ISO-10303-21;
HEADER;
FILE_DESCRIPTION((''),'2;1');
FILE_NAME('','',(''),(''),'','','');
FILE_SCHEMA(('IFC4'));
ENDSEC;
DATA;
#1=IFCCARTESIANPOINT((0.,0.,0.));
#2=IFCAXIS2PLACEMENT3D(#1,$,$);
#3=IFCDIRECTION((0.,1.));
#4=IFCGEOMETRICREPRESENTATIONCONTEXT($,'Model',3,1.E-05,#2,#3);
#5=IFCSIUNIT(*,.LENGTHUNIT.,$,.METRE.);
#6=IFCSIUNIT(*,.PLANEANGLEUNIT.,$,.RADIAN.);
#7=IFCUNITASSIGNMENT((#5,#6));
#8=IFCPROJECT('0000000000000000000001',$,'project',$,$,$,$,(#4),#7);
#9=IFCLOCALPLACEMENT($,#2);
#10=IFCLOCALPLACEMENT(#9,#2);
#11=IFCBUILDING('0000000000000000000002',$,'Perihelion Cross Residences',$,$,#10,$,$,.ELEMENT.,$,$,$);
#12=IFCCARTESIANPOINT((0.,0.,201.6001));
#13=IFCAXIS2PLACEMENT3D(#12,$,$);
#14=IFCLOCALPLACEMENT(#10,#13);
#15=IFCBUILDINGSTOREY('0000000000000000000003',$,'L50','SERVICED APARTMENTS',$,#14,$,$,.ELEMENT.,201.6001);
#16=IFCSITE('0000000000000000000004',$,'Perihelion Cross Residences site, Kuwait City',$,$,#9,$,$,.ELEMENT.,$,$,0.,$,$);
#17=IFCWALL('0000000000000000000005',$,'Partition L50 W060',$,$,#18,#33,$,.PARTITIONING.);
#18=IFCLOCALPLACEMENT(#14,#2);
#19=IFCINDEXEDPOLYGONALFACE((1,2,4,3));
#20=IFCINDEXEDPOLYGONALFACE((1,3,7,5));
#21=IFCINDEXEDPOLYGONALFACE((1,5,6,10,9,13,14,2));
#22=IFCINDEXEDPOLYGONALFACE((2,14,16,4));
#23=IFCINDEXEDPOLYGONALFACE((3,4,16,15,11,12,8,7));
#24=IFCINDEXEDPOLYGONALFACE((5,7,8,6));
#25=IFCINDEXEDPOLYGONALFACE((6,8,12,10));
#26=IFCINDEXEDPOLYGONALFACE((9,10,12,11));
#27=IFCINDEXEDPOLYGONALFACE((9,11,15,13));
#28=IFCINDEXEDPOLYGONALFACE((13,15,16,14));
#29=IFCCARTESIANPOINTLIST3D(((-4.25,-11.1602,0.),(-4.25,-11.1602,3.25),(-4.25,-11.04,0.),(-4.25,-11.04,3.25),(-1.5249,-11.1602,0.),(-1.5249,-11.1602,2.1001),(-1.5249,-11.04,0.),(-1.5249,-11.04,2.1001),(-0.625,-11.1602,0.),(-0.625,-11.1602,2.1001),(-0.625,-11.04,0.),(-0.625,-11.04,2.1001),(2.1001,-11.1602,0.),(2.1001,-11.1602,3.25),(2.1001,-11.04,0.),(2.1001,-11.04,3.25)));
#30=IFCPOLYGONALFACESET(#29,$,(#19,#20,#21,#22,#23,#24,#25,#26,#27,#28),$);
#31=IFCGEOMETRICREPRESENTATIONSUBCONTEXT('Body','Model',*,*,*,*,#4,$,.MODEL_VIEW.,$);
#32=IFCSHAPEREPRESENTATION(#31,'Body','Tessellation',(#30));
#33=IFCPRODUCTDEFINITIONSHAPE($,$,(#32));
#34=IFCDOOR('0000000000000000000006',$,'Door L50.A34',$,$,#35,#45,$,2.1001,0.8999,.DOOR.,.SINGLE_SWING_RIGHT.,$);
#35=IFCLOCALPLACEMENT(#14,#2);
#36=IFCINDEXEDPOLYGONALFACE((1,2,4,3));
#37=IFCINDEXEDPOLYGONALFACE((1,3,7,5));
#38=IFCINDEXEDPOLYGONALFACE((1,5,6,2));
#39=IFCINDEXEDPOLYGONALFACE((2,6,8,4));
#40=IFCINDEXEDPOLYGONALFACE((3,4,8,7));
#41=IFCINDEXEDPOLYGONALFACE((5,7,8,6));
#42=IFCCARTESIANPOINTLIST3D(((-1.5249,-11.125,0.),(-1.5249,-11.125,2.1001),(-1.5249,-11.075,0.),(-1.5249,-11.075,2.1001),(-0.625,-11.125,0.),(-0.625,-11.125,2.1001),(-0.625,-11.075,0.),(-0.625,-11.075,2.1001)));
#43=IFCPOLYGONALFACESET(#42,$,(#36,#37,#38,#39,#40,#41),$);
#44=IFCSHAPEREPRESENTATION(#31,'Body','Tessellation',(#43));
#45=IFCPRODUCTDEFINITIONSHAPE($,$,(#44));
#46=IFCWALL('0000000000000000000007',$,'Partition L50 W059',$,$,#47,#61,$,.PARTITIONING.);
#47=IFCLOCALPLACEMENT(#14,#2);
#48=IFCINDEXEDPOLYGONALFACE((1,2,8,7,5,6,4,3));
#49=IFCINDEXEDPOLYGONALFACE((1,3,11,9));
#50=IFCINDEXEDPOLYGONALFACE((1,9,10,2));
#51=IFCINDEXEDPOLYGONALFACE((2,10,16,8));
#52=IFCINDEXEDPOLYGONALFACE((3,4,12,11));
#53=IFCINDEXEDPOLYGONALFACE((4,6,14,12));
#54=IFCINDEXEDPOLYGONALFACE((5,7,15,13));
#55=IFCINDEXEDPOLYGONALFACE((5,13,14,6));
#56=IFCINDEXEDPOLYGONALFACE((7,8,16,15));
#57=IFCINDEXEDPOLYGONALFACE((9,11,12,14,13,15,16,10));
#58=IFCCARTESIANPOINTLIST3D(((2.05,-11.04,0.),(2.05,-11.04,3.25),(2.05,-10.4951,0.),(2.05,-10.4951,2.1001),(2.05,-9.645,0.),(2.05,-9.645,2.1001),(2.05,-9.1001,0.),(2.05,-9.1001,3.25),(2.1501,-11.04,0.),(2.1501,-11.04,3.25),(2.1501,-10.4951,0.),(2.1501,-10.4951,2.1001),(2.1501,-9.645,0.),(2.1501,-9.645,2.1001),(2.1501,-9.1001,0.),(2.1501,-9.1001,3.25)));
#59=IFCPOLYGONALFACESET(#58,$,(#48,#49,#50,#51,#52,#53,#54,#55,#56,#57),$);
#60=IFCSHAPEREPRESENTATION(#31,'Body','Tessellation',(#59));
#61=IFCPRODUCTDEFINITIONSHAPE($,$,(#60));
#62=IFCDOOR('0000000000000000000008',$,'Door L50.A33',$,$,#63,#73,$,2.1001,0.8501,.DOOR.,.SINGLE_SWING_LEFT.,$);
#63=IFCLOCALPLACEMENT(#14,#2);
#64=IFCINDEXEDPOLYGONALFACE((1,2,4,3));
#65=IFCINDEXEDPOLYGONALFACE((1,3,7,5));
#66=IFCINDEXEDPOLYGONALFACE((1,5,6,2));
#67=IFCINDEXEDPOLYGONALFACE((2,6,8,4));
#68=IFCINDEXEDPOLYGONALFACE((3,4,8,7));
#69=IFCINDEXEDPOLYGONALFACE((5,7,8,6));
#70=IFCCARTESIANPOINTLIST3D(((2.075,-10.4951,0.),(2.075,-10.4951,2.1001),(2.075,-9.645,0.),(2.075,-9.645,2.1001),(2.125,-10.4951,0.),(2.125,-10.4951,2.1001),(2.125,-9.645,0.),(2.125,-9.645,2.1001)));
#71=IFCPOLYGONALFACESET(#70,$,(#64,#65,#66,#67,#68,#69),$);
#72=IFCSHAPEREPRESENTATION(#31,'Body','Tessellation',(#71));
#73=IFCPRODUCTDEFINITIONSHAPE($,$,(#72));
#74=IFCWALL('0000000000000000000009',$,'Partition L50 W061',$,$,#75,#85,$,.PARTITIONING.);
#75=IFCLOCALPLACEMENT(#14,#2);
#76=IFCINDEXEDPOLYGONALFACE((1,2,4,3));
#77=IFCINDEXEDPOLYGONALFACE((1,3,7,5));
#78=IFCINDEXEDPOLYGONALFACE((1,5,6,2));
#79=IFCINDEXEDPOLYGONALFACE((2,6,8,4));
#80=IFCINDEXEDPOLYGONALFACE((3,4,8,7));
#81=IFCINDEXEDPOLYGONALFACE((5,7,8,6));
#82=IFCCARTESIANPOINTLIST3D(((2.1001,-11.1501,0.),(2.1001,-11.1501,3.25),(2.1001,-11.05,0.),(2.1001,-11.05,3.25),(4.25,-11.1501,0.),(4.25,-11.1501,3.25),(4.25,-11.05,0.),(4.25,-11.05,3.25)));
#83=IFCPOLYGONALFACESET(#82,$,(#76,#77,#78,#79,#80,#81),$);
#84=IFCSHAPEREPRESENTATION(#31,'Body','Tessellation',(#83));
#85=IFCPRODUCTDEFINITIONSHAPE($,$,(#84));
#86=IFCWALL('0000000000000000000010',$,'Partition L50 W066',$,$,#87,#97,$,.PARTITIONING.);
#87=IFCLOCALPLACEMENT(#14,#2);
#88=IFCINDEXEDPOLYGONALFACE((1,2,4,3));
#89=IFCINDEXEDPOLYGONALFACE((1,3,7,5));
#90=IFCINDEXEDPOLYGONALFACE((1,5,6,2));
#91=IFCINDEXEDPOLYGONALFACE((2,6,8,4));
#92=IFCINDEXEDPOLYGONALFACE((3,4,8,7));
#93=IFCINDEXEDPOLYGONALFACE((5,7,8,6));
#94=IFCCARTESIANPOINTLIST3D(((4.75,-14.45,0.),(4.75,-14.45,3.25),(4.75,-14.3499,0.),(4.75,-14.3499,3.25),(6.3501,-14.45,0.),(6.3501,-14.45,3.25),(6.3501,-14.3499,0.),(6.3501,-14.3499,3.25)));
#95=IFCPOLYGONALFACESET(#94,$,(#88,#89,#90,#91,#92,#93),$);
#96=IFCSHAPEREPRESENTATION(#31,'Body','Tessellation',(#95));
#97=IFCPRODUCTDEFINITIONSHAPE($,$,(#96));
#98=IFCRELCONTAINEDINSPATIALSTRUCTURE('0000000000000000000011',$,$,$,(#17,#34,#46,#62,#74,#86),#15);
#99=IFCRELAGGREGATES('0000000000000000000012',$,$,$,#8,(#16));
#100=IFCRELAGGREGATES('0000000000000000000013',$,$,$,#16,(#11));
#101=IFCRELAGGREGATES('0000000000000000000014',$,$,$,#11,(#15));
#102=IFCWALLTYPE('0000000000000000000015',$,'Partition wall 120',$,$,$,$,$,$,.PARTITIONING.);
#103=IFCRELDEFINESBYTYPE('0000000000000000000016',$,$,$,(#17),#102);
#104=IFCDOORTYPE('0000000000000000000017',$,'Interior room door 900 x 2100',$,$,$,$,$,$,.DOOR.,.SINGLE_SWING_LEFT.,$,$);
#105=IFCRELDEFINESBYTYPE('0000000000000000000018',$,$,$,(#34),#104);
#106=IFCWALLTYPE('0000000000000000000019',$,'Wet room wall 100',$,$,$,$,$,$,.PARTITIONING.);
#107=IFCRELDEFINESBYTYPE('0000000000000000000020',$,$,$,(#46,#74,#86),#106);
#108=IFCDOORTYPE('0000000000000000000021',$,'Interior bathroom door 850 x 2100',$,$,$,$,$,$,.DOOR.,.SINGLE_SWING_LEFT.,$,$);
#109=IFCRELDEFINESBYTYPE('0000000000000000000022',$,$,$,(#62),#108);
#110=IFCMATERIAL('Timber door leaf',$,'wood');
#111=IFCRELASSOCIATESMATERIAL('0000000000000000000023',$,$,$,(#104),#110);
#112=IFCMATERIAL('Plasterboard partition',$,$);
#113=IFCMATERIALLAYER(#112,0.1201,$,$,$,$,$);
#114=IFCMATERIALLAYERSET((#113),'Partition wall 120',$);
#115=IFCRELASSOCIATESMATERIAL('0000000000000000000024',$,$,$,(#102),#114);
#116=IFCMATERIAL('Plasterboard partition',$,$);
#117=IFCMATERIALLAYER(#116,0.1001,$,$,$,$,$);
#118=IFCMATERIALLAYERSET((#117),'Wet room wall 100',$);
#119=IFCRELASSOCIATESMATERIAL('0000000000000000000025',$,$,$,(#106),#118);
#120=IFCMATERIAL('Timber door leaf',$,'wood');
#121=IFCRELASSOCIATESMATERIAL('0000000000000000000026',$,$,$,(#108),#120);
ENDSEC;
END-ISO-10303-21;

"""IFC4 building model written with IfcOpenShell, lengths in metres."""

from ifc_helpers import new_model, si_unit, direction, frame, frame_2d, origin, place, context, subcontext, project, spatial, rectangle, extrude, material, layer, layer_set, type_object, element, fill, save


model = new_model("IFC4")

# Units and contexts
model_context = context("Model", 3, precision=1e-05, world=origin(), true_north=direction((0.0, 1.0)))
body_context = subcontext(model_context, "Body", "Model", "MODEL_VIEW")
ifc_project = project(units=[si_unit("LENGTHUNIT", "METRE"), si_unit("PLANEANGLEUNIT", "RADIAN")], contexts=[model_context])

# Site, building, storey
site_placement = place(None, origin())
site = spatial("IfcSite", under=ifc_project, at=site_placement, Name="Perihelion Cross Residences site, Kuwait City", CompositionType="ELEMENT", RefElevation=0.0)
building_placement = place(site_placement, origin())
building = spatial("IfcBuilding", under=site, at=building_placement, Name="Perihelion Cross Residences", CompositionType="ELEMENT")
storey_placement = place(building_placement, frame((0.0, 0.0, 201.6001)))
storey = spatial("IfcBuildingStorey", under=building, at=storey_placement, Name="L50", Description="SERVICED APARTMENTS", CompositionType="ELEMENT", Elevation=201.6001)

# Shared definitions
ifc_material_1 = material(Name="Timber door leaf", Category="wood")
door_type_1 = type_object("IfcDoorType", Name="Interior room door 900 x 2100", OperationType="SINGLE_SWING_LEFT", PredefinedType="DOOR", material=ifc_material_1)

# Shared definitions
ifc_material_2 = material(Name="Plasterboard partition")
ifc_layer_1 = layer(ifc_material_2, 0.1201)
ifc_layer_set_1 = layer_set([ifc_layer_1], Name="Partition wall 120")
wall_type_1 = type_object("IfcWallType", Name="Partition wall 120", PredefinedType="PARTITIONING", material=ifc_layer_set_1)

# Walls, openings, doors
wall_1_placement = place(storey_placement, frame((2.1001, -11.1001, 0.0), z_axis=(0.0, 0.0, 1.0), x_axis=(-1.0, 0.0, 0.0)))
wall_1 = element("IfcWall", 1, at=wall_1_placement, inside=storey, type_object=wall_type_1, Name="Partition L50 W060", PredefinedType="PARTITIONING", context=body_context, shape_type="SweptSolid", body=[
    extrude(rectangle(XDim=6.3501, YDim=0.1201, at=frame_2d((3.175, 0.0))), origin(), (0.0, 0.0, 1.0), 3.25),
])
opening_1_placement = place(wall_1_placement, frame((2.7251, 0.0, 0.0)))
opening_1 = element("IfcOpeningElement", 2, at=opening_1_placement, cuts=wall_1, PredefinedType="OPENING", context=body_context, shape_type="SweptSolid", body=[
    extrude(rectangle(XDim=0.8999, YDim=2.1001, at=frame_2d((0.45, 1.05))), frame((0.0, 0.0701, 0.0), z_axis=(0.0, -1.0, 0.0), x_axis=(1.0, 0.0, 0.0)), (0.0, 0.0, 1.0), 0.1401),
])
door_1_placement = place(opening_1_placement, origin())
door_1 = element("IfcDoor", 3, at=door_1_placement, inside=storey, type_object=door_type_1, Name="Door L50.A34", OperationType="SINGLE_SWING_RIGHT", OverallHeight=2.1001, OverallWidth=0.8999, PredefinedType="DOOR", context=body_context, shape_type="SweptSolid", body=[
    extrude(rectangle(XDim=0.8999, YDim=2.1001, at=frame_2d((0.45, 1.05))), frame((0.0, 0.0249, 0.0), z_axis=(0.0, -1.0, 0.0), x_axis=(1.0, 0.0, 0.0)), (0.0, 0.0, 1.0), 0.05),
])
fill(opening_1, door_1)
ifc_material_3 = material(Name="Plasterboard partition")
ifc_layer_2 = layer(ifc_material_3, 0.1001)
ifc_layer_set_2 = layer_set([ifc_layer_2], Name="Wet room wall 100")
wall_type_2 = type_object("IfcWallType", Name="Wet room wall 100", PredefinedType="PARTITIONING", material=ifc_layer_set_2)
wall_2_placement = place(storey_placement, frame((2.1001, -9.1001, 0.0), z_axis=(0.0, 0.0, 1.0), x_axis=(0.0, -1.0, 0.0)))
wall_2 = element("IfcWall", 4, at=wall_2_placement, inside=storey, type_object=wall_type_2, Name="Partition L50 W059", PredefinedType="PARTITIONING", context=body_context, shape_type="SweptSolid", body=[
    extrude(rectangle(XDim=1.9399, YDim=0.1001, at=frame_2d((0.97, 0.0))), origin(), (0.0, 0.0, 1.0), 3.25),
])
opening_2_placement = place(wall_2_placement, frame((0.5449, 0.0, 0.0)))
opening_2 = element("IfcOpeningElement", 5, at=opening_2_placement, cuts=wall_2, PredefinedType="OPENING", context=body_context, shape_type="SweptSolid", body=[
    extrude(rectangle(XDim=0.8501, YDim=2.1001, at=frame_2d((0.425, 1.05))), frame((0.0, 0.0601, 0.0), z_axis=(0.0, -1.0, 0.0), x_axis=(1.0, 0.0, 0.0)), (0.0, 0.0, 1.0), 0.1201),
])
ifc_material_4 = material(Name="Timber door leaf", Category="wood")
door_type_2 = type_object("IfcDoorType", Name="Interior bathroom door 850 x 2100", OperationType="SINGLE_SWING_LEFT", PredefinedType="DOOR", material=ifc_material_4)
door_2_placement = place(opening_2_placement, origin())
door_2 = element("IfcDoor", 6, at=door_2_placement, inside=storey, type_object=door_type_2, Name="Door L50.A33", OperationType="SINGLE_SWING_LEFT", OverallHeight=2.1001, OverallWidth=0.8501, PredefinedType="DOOR", context=body_context, shape_type="SweptSolid", body=[
    extrude(rectangle(XDim=0.8501, YDim=2.1001, at=frame_2d((0.425, 1.05))), frame((0.0, 0.0249, 0.0), z_axis=(0.0, -1.0, 0.0), x_axis=(1.0, 0.0, 0.0)), (0.0, 0.0, 1.0), 0.05),
])
fill(opening_2, door_2)

# Walls
wall_3_placement = place(storey_placement, frame((4.25, -11.1001, 0.0), z_axis=(0.0, 0.0, 1.0), x_axis=(-1.0, 0.0, 0.0)))
element("IfcWall", 7, at=wall_3_placement, inside=storey, type_object=wall_type_2, Name="Partition L50 W061", PredefinedType="PARTITIONING", context=body_context, shape_type="SweptSolid", body=[
    extrude(rectangle(XDim=2.1499, YDim=0.1001, at=frame_2d((1.075, 0.0))), origin(), (0.0, 0.0, 1.0), 3.25),
])
wall_4_placement = place(storey_placement, frame((6.3501, -14.3999, 0.0), z_axis=(0.0, 0.0, 1.0), x_axis=(-1.0, 0.0, 0.0)))
element("IfcWall", 8, at=wall_4_placement, inside=storey, type_object=wall_type_2, Name="Partition L50 W066", PredefinedType="PARTITIONING", context=body_context, shape_type="SweptSolid", body=[
    extrude(rectangle(XDim=1.6001, YDim=0.1001, at=frame_2d((0.8, 0.0))), origin(), (0.0, 0.0, 1.0), 3.25),
])

save(model, "model.ifc")
